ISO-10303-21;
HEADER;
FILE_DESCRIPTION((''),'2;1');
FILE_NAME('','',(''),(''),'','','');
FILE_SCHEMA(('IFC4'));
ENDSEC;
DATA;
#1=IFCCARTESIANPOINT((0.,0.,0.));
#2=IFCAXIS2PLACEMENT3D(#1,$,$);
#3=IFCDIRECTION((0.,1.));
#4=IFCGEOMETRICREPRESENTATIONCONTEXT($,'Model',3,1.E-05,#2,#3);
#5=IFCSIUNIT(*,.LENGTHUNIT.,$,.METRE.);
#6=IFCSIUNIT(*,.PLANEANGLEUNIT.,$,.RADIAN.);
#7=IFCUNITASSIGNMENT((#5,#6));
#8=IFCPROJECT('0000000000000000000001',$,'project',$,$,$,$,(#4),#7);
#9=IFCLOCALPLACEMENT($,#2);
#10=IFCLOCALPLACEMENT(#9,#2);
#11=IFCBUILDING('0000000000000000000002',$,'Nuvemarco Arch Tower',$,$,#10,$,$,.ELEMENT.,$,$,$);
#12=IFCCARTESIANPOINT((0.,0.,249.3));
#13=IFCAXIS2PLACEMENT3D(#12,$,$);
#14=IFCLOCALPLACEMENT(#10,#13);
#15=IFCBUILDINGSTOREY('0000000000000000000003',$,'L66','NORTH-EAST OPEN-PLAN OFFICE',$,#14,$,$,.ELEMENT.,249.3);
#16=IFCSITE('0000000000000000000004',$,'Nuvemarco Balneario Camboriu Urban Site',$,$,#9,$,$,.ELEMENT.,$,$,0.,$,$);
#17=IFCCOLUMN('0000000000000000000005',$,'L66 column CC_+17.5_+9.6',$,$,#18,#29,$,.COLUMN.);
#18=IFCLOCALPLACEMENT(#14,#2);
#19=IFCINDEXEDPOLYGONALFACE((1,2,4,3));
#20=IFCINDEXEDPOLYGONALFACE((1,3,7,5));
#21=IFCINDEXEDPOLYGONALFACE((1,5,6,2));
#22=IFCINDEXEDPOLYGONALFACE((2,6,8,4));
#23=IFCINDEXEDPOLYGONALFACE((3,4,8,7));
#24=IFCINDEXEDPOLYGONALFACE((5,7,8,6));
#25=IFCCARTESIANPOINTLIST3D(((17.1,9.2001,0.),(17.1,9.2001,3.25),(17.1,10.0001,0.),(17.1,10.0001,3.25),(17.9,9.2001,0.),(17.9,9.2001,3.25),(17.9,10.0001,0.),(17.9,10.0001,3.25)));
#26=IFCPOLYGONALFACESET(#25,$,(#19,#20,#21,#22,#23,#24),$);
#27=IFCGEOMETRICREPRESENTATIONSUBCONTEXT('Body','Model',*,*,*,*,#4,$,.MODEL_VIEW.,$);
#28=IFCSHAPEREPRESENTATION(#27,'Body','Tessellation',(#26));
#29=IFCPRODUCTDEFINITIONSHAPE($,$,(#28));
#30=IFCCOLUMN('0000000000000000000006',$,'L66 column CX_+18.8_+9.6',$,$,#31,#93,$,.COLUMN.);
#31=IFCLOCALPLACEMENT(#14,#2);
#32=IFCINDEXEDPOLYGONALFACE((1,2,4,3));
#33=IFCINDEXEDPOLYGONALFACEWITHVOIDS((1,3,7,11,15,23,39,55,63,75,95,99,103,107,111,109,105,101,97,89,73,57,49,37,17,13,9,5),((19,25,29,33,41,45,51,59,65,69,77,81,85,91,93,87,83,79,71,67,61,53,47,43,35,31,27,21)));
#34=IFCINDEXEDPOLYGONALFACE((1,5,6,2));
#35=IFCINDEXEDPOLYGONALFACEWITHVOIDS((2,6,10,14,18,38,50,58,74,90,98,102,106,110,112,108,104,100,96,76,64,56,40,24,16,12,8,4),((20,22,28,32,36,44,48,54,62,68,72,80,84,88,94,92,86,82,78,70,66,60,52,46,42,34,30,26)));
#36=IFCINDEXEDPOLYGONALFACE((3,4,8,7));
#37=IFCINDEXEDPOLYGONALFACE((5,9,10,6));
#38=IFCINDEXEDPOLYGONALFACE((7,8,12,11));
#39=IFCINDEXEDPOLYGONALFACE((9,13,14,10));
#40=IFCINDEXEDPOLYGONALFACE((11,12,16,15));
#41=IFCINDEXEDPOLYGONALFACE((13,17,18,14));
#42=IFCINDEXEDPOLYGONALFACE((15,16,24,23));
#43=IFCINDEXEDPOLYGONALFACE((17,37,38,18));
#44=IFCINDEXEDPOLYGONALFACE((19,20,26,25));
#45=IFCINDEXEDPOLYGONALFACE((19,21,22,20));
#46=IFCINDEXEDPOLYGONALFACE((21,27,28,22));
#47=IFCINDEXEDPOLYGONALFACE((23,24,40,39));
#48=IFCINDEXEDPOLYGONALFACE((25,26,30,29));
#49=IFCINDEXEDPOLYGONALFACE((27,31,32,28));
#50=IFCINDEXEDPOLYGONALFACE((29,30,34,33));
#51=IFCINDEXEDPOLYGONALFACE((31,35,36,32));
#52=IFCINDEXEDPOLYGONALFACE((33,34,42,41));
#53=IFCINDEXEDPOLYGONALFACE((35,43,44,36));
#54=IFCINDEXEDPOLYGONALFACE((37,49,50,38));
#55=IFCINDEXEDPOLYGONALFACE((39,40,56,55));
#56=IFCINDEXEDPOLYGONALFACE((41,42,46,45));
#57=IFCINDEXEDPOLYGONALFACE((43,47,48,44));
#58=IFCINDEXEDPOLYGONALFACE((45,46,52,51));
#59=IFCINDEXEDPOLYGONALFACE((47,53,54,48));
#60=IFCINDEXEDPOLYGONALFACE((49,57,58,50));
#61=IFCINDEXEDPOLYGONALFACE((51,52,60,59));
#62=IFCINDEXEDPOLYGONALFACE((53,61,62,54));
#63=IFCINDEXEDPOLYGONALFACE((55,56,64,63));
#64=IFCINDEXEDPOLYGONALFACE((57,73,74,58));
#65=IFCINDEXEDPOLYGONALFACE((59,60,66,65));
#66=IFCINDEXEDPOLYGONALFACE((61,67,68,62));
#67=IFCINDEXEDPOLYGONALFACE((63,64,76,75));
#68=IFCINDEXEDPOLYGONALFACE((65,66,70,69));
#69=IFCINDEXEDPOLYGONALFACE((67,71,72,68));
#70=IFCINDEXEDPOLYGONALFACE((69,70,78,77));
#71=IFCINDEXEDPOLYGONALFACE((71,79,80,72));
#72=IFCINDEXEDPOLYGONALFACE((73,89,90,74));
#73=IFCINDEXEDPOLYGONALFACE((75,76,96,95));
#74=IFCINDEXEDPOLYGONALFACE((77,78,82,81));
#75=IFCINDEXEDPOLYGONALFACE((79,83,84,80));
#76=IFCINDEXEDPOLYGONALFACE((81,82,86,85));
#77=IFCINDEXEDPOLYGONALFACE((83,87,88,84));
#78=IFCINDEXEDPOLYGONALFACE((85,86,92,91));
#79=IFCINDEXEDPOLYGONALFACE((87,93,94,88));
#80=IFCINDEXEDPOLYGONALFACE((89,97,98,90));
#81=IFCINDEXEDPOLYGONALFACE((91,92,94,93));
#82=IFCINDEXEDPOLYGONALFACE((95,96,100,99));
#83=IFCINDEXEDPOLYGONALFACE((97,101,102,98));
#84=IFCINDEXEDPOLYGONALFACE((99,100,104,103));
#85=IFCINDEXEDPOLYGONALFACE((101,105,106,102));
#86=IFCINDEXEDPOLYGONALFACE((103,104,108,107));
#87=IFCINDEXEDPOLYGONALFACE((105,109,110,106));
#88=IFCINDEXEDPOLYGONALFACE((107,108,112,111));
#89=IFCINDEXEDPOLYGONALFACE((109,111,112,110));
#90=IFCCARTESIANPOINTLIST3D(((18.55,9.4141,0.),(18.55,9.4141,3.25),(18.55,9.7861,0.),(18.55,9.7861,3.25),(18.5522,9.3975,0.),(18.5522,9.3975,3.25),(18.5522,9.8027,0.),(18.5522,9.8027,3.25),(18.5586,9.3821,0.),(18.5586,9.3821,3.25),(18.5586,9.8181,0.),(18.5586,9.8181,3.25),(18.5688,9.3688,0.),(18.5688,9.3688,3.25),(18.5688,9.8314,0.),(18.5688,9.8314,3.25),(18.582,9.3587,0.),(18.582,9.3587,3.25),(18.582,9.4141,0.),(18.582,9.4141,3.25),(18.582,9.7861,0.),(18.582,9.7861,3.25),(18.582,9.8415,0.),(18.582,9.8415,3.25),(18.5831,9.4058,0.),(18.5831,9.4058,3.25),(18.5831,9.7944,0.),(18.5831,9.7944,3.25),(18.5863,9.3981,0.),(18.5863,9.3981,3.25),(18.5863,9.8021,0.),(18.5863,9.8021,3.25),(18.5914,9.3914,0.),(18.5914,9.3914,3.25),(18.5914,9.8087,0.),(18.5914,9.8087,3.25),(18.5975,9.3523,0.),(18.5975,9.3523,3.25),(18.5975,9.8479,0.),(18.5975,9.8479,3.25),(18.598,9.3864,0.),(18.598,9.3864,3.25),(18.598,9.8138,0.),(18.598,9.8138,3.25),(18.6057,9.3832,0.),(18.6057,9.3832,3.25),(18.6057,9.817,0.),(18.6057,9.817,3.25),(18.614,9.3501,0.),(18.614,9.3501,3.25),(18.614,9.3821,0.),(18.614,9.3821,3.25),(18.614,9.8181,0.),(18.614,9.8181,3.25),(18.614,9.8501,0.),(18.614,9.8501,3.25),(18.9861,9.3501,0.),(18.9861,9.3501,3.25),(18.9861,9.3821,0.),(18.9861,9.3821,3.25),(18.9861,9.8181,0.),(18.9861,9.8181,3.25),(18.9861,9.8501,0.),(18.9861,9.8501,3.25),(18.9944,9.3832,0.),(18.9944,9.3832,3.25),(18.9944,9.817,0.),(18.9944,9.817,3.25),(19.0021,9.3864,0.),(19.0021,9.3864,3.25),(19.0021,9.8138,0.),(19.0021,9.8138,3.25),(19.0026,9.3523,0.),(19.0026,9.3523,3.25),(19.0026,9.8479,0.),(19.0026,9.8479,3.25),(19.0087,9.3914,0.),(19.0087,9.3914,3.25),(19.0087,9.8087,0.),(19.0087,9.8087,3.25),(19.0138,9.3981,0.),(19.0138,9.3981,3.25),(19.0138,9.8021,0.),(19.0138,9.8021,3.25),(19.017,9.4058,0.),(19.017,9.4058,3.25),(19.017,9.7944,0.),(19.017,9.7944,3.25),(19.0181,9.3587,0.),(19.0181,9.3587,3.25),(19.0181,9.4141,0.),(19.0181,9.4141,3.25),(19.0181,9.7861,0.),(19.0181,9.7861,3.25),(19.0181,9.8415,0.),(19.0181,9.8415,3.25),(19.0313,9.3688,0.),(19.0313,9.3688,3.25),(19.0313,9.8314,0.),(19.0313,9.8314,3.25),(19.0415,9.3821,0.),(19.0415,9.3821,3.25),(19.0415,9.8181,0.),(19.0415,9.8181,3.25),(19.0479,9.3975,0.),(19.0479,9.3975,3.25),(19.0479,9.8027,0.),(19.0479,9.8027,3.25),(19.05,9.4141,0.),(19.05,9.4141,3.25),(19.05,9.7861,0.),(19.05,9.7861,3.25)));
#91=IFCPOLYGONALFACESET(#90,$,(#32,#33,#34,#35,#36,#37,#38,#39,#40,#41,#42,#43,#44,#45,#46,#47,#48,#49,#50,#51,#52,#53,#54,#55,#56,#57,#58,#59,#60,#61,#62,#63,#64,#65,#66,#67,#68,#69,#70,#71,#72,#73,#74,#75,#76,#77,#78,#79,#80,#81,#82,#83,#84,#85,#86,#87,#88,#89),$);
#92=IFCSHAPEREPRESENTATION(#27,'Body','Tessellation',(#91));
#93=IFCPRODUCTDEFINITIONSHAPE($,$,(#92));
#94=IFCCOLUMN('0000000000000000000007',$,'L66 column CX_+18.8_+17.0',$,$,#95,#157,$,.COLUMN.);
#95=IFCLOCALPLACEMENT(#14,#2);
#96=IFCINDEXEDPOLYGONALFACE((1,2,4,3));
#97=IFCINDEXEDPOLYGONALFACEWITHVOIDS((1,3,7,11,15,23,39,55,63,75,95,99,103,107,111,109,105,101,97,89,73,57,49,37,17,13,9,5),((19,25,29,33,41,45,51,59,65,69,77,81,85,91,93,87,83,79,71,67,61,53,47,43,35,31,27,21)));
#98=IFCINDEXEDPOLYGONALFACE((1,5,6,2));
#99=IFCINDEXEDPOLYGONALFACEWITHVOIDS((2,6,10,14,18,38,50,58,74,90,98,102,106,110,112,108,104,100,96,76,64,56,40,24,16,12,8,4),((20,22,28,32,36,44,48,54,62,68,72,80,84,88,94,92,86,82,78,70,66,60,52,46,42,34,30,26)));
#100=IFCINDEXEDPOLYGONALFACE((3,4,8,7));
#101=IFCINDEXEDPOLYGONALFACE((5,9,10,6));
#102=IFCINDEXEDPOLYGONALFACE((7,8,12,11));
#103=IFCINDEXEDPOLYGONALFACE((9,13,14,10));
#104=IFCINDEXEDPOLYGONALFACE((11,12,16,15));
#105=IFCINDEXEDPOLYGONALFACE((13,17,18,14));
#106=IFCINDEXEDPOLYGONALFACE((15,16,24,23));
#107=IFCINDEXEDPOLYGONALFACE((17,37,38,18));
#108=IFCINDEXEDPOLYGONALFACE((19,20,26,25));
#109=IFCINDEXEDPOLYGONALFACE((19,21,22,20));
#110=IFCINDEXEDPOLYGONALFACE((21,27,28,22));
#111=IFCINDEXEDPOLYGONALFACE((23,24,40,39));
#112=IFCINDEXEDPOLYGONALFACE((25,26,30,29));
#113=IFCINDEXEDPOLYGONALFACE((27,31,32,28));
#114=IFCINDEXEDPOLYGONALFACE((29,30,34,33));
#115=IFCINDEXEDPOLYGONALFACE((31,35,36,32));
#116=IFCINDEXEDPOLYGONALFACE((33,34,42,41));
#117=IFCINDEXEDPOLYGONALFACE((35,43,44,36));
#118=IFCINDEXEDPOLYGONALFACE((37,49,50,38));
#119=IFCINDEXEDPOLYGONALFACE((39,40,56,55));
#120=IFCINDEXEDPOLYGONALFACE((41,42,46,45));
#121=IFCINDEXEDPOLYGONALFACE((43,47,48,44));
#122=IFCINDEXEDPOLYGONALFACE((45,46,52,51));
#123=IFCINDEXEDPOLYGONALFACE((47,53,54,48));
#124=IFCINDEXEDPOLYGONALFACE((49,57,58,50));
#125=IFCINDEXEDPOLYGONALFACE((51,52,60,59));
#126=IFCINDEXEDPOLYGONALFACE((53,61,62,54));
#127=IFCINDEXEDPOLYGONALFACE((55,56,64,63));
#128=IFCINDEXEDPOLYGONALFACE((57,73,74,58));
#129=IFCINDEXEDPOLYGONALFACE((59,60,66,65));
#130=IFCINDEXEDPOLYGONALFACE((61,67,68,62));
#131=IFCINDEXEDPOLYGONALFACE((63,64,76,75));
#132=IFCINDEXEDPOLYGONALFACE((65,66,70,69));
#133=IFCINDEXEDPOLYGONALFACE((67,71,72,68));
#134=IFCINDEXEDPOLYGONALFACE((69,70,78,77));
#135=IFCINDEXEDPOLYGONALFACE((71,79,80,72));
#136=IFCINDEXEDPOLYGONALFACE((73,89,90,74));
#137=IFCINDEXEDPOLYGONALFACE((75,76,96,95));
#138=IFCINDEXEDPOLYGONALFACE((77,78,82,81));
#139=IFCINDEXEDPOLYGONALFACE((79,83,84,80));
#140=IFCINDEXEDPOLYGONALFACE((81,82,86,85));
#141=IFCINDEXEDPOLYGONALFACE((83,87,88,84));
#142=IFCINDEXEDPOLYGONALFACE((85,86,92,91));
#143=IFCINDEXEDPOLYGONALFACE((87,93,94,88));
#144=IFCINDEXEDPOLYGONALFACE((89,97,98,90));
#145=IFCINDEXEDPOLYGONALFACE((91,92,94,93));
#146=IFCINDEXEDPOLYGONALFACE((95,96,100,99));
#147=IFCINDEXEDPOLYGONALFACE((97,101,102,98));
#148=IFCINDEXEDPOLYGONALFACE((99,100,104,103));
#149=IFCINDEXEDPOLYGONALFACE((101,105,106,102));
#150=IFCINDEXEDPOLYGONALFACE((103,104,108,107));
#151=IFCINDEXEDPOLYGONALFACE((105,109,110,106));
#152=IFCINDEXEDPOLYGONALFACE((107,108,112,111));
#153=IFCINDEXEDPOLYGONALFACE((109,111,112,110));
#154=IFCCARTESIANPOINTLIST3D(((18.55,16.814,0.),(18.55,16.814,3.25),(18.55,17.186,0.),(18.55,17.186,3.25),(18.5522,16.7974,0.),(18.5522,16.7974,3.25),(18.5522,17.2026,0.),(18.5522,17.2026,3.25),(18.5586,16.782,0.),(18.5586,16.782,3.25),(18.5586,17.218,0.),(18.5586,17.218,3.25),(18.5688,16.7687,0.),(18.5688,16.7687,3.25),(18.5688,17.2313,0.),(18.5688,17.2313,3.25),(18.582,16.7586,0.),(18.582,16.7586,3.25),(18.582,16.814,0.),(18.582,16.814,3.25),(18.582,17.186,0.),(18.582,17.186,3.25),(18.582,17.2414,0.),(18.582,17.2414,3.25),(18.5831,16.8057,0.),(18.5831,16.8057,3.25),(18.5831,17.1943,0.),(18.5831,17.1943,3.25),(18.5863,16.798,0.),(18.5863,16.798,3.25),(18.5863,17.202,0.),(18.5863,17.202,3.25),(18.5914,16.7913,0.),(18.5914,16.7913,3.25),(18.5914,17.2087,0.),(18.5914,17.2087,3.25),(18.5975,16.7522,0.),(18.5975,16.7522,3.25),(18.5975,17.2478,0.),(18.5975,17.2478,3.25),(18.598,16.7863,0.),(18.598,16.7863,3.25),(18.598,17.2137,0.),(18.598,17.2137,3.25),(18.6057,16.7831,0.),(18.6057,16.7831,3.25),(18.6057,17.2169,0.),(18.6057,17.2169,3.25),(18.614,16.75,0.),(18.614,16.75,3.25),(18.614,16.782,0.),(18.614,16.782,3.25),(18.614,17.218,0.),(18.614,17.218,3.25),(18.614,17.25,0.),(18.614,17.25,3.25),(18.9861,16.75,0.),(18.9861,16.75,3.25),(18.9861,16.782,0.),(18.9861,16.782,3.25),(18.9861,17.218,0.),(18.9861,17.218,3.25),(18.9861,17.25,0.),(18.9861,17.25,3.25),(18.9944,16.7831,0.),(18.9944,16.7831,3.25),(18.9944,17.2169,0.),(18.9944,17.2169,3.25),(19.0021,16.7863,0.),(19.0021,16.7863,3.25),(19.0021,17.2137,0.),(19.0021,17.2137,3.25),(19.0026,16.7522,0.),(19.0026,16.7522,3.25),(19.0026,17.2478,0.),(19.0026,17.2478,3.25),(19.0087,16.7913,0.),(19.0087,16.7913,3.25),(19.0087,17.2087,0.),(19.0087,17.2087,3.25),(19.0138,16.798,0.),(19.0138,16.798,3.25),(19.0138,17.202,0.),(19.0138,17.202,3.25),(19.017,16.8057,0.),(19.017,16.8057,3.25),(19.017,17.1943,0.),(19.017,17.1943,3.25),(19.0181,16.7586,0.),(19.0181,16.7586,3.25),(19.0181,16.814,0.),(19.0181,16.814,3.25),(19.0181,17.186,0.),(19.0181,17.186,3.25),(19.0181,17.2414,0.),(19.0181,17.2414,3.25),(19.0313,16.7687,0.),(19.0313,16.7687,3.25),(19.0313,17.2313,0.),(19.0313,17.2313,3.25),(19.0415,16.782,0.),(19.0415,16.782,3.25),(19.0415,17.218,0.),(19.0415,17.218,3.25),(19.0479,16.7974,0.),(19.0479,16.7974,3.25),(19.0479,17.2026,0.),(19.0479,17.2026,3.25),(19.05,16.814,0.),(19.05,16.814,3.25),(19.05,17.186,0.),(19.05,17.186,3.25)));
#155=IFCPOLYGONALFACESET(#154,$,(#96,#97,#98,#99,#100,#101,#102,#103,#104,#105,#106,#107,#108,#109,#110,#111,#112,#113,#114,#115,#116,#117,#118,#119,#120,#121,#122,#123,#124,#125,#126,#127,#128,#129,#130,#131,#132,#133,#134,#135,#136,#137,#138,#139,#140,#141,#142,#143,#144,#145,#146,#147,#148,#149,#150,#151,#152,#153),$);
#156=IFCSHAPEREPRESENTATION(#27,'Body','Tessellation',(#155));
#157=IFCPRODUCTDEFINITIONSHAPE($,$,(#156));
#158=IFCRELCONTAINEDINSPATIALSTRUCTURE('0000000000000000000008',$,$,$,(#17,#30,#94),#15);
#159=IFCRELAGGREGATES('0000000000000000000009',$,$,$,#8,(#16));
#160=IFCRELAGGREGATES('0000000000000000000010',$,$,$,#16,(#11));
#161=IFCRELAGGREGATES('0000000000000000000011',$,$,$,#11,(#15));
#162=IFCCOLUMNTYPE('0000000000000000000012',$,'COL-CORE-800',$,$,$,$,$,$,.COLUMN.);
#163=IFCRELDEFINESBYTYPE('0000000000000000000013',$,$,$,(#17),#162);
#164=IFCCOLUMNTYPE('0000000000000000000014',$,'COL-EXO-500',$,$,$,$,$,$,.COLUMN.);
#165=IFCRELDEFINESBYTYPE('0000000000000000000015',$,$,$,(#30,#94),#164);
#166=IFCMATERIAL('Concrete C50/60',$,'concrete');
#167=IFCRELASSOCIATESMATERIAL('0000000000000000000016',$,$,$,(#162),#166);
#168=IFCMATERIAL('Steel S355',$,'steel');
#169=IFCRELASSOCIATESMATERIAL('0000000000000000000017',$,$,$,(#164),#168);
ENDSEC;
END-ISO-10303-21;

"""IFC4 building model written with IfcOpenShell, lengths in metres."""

from ifc_helpers import new_model, si_unit, direction, frame, origin, origin_2d, place, context, subcontext, project, spatial, rectangle, hollow_rectangle, extrude, material, material_profile, profile_set, type_object, element, save


model = new_model("IFC4")

# Units and contexts
model_context = context("Model", 3, precision=1e-05, world=origin(), true_north=direction((0.0, 1.0)))
body_context = subcontext(model_context, "Body", "Model", "MODEL_VIEW")
ifc_project = project(units=[si_unit("LENGTHUNIT", "METRE"), si_unit("PLANEANGLEUNIT", "RADIAN")], contexts=[model_context])

# Site, building, storey
site_placement = place(None, origin())
site = spatial("IfcSite", under=ifc_project, at=site_placement, Name="Nuvemarco Balneario Camboriu Urban Site", CompositionType="ELEMENT", RefElevation=0.0)
building_placement = place(site_placement, origin())
building = spatial("IfcBuilding", under=site, at=building_placement, Name="Nuvemarco Arch Tower", CompositionType="ELEMENT")
storey_placement = place(building_placement, frame((0.0, 0.0, 249.3)))
storey = spatial("IfcBuildingStorey", under=building, at=storey_placement, Name="L66", Description="NORTH-EAST OPEN-PLAN OFFICE", CompositionType="ELEMENT", Elevation=249.3)

# Columns
ifc_material_1 = material(Name="Concrete C50/60", Category="concrete")
ifc_material_profile_1 = material_profile(ifc_material_1, rectangle(XDim=0.8, YDim=0.8, at=origin_2d()), Name="RC-COL-800x800")
ifc_profile_set_1 = profile_set([ifc_material_profile_1], Name="Concrete C50/60")
column_type_1 = type_object("IfcColumnType", Name="COL-CORE-800", PredefinedType="COLUMN", material=ifc_profile_set_1)
column_placement = place(storey_placement, frame((17.5, 9.6001, 0.0), z_axis=(0.0, 0.0, 1.0), x_axis=(1.0, 0.0, 0.0)))
element("IfcColumn", 1, at=column_placement, inside=storey, type_object=column_type_1, Name="L66 column CC_+17.5_+9.6", PredefinedType="COLUMN", context=body_context, shape_type="SweptSolid", body=[
    extrude(rectangle(XDim=0.8, YDim=0.8, at=origin_2d()), origin(), (0.0, 0.0, 1.0), 3.25),
])
ifc_material_2 = material(Name="Steel S355", Category="steel")
ifc_material_profile_2 = material_profile(ifc_material_2, hollow_rectangle(XDim=0.5, YDim=0.5, WallThickness=0.032, InnerFilletRadius=0.032, OuterFilletRadius=0.064, at=origin_2d()), Name="SHS500x500x32")
ifc_profile_set_2 = profile_set([ifc_material_profile_2], Name="Steel S355")
column_type_2 = type_object("IfcColumnType", Name="COL-EXO-500", PredefinedType="COLUMN", material=ifc_profile_set_2)
for number, where, z_axis, x_axis, name in (
    (2, (18.8, 9.6001, 0.0), (0.0, 0.0, 1.0), (1.0, 0.0, 0.0), "L66 column CX_+18.8_+9.6"),
    (3, (18.8, 17.0, 0.0), (0.0, 0.0, 1.0), (1.0, 0.0, 0.0), "L66 column CX_+18.8_+17.0"),
):
    element("IfcColumn", number, at=place(storey_placement, frame(where, z_axis=z_axis, x_axis=x_axis)), inside=storey, type_object=column_type_2, Name=name, PredefinedType="COLUMN", context=body_context, shape_type="SweptSolid", body=[
        extrude(hollow_rectangle(XDim=0.5, YDim=0.5, WallThickness=0.032, InnerFilletRadius=0.032, OuterFilletRadius=0.064, at=origin_2d()), origin(), (0.0, 0.0, 1.0), 3.25),
    ])

save(model, "model.ifc")
